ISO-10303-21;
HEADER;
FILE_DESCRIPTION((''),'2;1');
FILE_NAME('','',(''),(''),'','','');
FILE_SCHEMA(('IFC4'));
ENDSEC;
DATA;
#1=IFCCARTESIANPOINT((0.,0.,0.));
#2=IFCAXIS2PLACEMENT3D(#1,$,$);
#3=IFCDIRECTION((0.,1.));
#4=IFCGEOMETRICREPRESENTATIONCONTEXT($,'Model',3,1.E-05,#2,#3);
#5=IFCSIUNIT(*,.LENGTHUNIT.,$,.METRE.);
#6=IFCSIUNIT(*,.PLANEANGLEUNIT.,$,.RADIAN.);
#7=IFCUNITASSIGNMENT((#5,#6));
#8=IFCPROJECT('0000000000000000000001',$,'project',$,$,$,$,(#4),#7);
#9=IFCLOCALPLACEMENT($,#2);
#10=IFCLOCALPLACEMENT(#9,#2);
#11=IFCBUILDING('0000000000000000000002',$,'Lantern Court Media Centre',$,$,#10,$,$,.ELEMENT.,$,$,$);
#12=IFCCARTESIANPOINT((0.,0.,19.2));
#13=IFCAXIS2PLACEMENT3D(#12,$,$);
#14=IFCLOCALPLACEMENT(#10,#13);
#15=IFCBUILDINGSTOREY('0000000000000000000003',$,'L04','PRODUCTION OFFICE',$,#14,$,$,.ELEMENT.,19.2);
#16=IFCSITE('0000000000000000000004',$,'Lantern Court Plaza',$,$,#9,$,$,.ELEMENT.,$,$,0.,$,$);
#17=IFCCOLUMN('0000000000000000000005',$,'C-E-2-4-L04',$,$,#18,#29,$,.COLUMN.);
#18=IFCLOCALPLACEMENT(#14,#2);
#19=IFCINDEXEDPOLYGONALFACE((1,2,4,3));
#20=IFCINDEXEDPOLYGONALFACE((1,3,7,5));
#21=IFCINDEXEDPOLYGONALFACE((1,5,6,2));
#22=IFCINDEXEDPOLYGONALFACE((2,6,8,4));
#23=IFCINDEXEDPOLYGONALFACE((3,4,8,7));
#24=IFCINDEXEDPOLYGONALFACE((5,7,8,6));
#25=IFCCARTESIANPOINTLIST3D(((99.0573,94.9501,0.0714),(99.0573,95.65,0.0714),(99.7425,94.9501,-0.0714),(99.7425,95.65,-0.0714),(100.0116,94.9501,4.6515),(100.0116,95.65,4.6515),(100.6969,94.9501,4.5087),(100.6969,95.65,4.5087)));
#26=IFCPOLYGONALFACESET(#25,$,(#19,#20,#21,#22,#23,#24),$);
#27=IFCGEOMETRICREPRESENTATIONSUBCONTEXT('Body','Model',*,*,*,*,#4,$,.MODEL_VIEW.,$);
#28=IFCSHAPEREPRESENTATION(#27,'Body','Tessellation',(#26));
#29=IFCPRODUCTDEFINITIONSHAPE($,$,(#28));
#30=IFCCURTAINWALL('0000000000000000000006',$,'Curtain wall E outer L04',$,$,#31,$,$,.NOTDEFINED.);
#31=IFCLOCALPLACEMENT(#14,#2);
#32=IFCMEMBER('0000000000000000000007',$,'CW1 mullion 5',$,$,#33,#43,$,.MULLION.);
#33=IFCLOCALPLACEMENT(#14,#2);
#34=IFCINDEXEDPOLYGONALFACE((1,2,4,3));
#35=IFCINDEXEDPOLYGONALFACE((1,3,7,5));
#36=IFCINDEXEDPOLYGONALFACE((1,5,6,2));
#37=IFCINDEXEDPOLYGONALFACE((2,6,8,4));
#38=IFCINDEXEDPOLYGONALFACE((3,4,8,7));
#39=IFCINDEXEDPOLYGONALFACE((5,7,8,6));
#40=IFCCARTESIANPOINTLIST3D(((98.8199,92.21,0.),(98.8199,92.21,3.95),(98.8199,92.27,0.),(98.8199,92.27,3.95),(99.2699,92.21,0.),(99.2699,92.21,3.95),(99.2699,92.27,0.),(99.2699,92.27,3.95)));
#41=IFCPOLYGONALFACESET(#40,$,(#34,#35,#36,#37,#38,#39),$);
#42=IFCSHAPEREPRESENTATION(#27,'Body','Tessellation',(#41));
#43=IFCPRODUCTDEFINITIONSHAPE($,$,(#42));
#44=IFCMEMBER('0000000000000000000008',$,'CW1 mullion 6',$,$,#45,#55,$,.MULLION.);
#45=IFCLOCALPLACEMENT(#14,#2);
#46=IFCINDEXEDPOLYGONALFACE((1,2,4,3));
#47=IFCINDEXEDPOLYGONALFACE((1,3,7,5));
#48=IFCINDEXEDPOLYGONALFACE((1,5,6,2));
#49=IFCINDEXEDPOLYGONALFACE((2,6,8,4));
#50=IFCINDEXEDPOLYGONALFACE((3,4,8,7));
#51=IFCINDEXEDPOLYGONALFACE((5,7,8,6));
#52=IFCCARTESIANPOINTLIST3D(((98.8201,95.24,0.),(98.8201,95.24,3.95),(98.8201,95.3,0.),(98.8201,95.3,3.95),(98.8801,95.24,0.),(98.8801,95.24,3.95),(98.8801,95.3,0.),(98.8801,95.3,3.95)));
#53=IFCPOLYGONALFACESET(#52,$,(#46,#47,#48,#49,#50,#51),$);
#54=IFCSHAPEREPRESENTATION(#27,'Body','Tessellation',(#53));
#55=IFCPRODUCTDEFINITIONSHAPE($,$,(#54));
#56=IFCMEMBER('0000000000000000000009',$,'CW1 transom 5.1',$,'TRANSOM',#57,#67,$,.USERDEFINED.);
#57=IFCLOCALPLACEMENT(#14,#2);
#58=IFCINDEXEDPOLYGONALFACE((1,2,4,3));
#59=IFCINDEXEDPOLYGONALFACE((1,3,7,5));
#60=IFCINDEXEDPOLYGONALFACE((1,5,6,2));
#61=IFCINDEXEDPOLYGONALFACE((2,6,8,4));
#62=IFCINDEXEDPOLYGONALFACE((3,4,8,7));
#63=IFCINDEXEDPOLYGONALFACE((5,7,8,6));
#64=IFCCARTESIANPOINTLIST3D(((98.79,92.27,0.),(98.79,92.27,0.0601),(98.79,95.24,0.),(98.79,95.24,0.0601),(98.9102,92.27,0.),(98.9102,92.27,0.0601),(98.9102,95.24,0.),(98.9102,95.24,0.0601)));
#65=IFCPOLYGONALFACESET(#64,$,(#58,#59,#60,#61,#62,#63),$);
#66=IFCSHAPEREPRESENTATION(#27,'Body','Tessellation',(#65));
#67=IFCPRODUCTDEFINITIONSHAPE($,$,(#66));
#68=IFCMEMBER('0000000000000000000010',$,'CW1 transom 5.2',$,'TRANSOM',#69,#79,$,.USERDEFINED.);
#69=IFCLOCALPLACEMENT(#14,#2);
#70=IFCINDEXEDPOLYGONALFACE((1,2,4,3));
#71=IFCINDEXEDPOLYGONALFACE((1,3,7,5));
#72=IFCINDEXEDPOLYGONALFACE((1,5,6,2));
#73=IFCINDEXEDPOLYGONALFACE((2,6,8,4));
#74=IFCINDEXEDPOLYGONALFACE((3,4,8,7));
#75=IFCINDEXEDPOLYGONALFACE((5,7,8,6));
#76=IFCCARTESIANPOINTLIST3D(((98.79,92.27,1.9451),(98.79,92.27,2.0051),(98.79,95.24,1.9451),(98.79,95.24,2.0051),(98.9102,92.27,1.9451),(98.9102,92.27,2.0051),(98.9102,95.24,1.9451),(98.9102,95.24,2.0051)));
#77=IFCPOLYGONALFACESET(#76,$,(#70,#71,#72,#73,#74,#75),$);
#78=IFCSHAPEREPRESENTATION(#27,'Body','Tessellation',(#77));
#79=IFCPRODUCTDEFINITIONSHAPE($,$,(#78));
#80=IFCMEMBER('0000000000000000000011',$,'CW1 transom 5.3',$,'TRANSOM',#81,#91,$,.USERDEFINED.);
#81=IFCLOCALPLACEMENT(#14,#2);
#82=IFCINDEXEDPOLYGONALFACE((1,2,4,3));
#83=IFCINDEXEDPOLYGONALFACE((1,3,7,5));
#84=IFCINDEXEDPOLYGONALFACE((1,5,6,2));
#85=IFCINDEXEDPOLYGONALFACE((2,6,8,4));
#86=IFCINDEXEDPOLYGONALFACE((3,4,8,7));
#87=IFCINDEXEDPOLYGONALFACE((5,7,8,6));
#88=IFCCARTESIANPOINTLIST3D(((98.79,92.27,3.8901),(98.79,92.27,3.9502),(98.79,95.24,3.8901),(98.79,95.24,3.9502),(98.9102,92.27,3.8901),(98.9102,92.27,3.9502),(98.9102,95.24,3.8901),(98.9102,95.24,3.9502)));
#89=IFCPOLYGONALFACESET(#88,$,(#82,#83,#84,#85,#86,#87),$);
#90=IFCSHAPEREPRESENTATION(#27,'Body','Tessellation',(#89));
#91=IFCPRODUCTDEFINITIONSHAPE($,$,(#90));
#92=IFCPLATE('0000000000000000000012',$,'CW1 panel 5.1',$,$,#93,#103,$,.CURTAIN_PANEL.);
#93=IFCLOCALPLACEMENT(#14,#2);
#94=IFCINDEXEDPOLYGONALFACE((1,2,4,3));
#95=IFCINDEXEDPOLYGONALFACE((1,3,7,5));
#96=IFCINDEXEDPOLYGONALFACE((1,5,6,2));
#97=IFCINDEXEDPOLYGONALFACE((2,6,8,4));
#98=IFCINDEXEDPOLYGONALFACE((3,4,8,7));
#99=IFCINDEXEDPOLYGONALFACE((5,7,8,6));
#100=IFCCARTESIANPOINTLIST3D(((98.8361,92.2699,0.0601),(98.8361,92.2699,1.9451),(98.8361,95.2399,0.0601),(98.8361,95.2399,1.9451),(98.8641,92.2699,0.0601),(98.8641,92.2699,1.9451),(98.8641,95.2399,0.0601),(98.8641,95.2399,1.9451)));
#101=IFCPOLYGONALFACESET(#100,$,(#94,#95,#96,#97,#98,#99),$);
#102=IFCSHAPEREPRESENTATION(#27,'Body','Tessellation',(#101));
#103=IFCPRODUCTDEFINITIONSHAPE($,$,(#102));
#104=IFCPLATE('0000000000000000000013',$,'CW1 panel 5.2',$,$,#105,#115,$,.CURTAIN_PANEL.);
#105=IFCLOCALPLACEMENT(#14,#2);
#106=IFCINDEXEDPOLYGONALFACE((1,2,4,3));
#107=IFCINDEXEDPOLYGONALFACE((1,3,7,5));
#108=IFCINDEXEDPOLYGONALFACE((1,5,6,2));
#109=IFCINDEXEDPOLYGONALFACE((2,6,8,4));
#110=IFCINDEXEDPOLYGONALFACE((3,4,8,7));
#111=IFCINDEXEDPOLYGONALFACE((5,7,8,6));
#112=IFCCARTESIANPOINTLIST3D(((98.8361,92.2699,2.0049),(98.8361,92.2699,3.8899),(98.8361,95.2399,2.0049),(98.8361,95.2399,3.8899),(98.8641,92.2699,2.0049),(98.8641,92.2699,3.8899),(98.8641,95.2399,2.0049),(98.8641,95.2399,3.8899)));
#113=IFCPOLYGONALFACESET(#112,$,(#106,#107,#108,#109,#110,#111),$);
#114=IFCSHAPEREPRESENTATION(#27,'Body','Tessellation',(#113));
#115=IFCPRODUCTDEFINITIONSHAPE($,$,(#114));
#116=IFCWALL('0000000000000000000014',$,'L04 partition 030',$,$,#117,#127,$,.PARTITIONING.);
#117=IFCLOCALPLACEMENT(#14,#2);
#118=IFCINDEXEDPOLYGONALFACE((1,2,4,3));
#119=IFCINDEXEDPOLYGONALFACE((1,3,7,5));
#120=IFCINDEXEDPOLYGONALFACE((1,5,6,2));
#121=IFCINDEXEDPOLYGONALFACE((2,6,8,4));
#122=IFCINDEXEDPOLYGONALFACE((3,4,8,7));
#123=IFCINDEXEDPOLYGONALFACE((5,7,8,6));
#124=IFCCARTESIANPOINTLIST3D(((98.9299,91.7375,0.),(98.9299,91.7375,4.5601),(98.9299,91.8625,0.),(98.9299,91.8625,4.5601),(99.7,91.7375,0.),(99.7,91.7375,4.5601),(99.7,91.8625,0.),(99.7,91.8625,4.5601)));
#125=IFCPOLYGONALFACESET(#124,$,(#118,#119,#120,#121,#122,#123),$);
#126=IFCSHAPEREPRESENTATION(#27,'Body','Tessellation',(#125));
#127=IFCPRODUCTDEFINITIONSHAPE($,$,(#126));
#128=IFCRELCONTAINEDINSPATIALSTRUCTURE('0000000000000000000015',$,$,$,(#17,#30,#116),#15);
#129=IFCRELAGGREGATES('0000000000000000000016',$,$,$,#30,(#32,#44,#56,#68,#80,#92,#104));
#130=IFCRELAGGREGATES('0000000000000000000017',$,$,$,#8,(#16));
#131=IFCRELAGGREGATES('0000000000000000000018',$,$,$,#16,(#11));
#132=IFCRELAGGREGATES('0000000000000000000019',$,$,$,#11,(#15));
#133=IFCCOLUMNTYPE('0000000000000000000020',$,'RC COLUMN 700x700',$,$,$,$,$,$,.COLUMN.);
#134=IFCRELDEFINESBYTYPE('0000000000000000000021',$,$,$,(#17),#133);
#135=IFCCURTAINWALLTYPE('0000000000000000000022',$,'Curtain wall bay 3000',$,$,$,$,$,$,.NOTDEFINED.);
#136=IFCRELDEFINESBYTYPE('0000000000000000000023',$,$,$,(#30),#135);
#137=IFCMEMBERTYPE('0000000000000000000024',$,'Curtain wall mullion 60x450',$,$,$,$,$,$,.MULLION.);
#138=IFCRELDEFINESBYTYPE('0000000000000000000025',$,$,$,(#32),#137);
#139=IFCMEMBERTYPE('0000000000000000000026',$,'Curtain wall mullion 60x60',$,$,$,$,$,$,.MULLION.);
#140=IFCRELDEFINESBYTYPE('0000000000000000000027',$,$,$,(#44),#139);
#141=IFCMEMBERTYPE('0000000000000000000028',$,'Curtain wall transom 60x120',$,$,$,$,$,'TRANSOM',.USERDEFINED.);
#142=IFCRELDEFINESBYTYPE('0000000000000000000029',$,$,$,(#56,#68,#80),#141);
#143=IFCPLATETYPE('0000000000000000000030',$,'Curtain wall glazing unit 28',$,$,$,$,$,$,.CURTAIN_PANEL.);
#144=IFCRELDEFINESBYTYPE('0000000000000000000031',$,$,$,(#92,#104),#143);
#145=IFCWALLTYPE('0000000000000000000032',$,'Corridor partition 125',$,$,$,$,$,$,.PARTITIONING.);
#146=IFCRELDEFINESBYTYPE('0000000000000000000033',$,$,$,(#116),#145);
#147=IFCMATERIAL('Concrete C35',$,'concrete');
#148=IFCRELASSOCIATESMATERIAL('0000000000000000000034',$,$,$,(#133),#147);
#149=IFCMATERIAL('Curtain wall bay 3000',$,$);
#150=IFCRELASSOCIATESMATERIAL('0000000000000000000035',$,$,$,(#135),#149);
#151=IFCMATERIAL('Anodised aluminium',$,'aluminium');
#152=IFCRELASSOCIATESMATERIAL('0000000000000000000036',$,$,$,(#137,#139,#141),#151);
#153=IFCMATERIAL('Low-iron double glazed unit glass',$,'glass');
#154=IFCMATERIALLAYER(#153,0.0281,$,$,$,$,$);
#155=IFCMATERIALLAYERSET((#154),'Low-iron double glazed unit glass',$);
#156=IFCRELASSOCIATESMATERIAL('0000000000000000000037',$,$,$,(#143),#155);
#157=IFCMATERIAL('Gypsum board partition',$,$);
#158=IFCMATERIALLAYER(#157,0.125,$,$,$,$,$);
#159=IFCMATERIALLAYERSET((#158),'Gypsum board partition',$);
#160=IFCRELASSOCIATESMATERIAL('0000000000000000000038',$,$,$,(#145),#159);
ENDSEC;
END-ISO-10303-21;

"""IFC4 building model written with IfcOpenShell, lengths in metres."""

from ifc_helpers import new_model, si_unit, direction, frame, frame_2d, origin, origin_2d, place, context, subcontext, project, spatial, rectangle, extrude, material, layer, layer_set, material_profile, profile_set, type_object, element, aggregate, save


model = new_model("IFC4")

# Units and contexts
model_context = context("Model", 3, precision=1e-05, world=origin(), true_north=direction((0.0, 1.0)))
body_context = subcontext(model_context, "Body", "Model", "MODEL_VIEW")
ifc_project = project(units=[si_unit("LENGTHUNIT", "METRE"), si_unit("PLANEANGLEUNIT", "RADIAN")], contexts=[model_context])

# Site, building, storey
site_placement = place(None, origin())
site = spatial("IfcSite", under=ifc_project, at=site_placement, Name="Lantern Court Plaza", CompositionType="ELEMENT", RefElevation=0.0)
building_placement = place(site_placement, origin())
building = spatial("IfcBuilding", under=site, at=building_placement, Name="Lantern Court Media Centre", CompositionType="ELEMENT")
storey_placement = place(building_placement, frame((0.0, 0.0, 19.2)))
storey = spatial("IfcBuildingStorey", under=building, at=storey_placement, Name="L04", Description="PRODUCTION OFFICE", CompositionType="ELEMENT", Elevation=19.2)

# Column
ifc_material_1 = material(Name="Concrete C35", Category="concrete")
ifc_material_profile_1 = material_profile(ifc_material_1, rectangle(XDim=0.7, YDim=0.7, at=origin_2d()), Name="RC 700x700")
ifc_profile_set_1 = profile_set([ifc_material_profile_1], Name="Concrete C35")
column_type = type_object("IfcColumnType", Name="RC COLUMN 700x700", PredefinedType="COLUMN", material=ifc_profile_set_1)
column_placement = place(storey_placement, frame((99.3999, 95.3, 0.0), z_axis=(0.203988, 0.0, 0.978973), x_axis=(0.0, 1.0, 0.0)))
element("IfcColumn", 1, at=column_placement, inside=storey, type_object=column_type, Name="C-E-2-4-L04", PredefinedType="COLUMN", context=body_context, shape_type="SweptSolid", body=[
    extrude(rectangle(XDim=0.7, YDim=0.7, at=origin_2d()), origin(), (0.0, 0.0, 1.0), 4.6785),
])

# Curtain wall, members, plates
ifc_material_2 = material(Name="Curtain wall bay 3000")
curtain_wall_type = type_object("IfcCurtainWallType", Name="Curtain wall bay 3000", PredefinedType="NOTDEFINED", material=ifc_material_2)
curtain_wall_placement = place(storey_placement, origin())
curtain_wall = element("IfcCurtainWall", 2, at=curtain_wall_placement, inside=storey, type_object=curtain_wall_type, Name="Curtain wall E outer L04", PredefinedType="NOTDEFINED")
ifc_material_3 = material(Name="Anodised aluminium", Category="aluminium")
ifc_material_profile_2 = material_profile(ifc_material_3, rectangle(XDim=0.45, YDim=0.0601, at=origin_2d()), Name="AL 60x450")
ifc_profile_set_2 = profile_set([ifc_material_profile_2], Name="Anodised aluminium")
member_type_1 = type_object("IfcMemberType", Name="Curtain wall mullion 60x450", PredefinedType="MULLION", material=ifc_profile_set_2)
member_1_placement = place(storey_placement, frame((99.0449, 92.24, 0.0), z_axis=(0.0, 0.0, 1.0), x_axis=(-1.0, 0.0, 0.0)))
member_1 = element("IfcMember", 3, at=member_1_placement, type_object=member_type_1, Name="CW1 mullion 5", PredefinedType="MULLION", context=body_context, shape_type="SweptSolid", body=[
    extrude(rectangle(XDim=0.45, YDim=0.0601, at=origin_2d()), origin(), (0.0, 0.0, 1.0), 3.95),
])
ifc_material_profile_3 = material_profile(ifc_material_3, rectangle(XDim=0.0601, YDim=0.0601, at=origin_2d()), Name="AL 60x60")
ifc_profile_set_3 = profile_set([ifc_material_profile_3], Name="Anodised aluminium")
member_type_2 = type_object("IfcMemberType", Name="Curtain wall mullion 60x60", PredefinedType="MULLION", material=ifc_profile_set_3)
member_2_placement = place(storey_placement, frame((98.8501, 95.27, 0.0), z_axis=(0.0, 0.0, 1.0), x_axis=(-1.0, 0.0, 0.0)))
member_2 = element("IfcMember", 4, at=member_2_placement, type_object=member_type_2, Name="CW1 mullion 6", PredefinedType="MULLION", context=body_context, shape_type="SweptSolid", body=[
    extrude(rectangle(XDim=0.0601, YDim=0.0601, at=origin_2d()), origin(), (0.0, 0.0, 1.0), 3.95),
])
ifc_material_profile_4 = material_profile(ifc_material_3, rectangle(XDim=0.1201, YDim=0.0601, at=origin_2d()), Name="AL 60x120")
ifc_profile_set_4 = profile_set([ifc_material_profile_4], Name="Anodised aluminium")
member_type_3 = type_object("IfcMemberType", Name="Curtain wall transom 60x120", ElementType="TRANSOM", PredefinedType="USERDEFINED", material=ifc_profile_set_4)
member_3_placement = place(storey_placement, frame((98.8501, 92.27, 0.03), z_axis=(0.0, 1.0, 0.0), x_axis=(-1.0, 0.0, 0.0)))
member_3 = element("IfcMember", 5, at=member_3_placement, type_object=member_type_3, Name="CW1 transom 5.1", ObjectType="TRANSOM", PredefinedType="USERDEFINED", context=body_context, shape_type="SweptSolid", body=[
    extrude(rectangle(XDim=0.1201, YDim=0.0601, at=origin_2d()), origin(), (0.0, 0.0, 1.0), 2.97),
])
member_4_placement = place(storey_placement, frame((98.8501, 92.27, 1.9751), z_axis=(0.0, 1.0, 0.0), x_axis=(-1.0, 0.0, 0.0)))
member_4 = element("IfcMember", 6, at=member_4_placement, type_object=member_type_3, Name="CW1 transom 5.2", ObjectType="TRANSOM", PredefinedType="USERDEFINED", context=body_context, shape_type="SweptSolid", body=[
    extrude(rectangle(XDim=0.1201, YDim=0.0601, at=origin_2d()), origin(), (0.0, 0.0, 1.0), 2.97),
])
member_5_placement = place(storey_placement, frame((98.8501, 92.27, 3.9202), z_axis=(0.0, 1.0, 0.0), x_axis=(-1.0, 0.0, 0.0)))
member_5 = element("IfcMember", 7, at=member_5_placement, type_object=member_type_3, Name="CW1 transom 5.3", ObjectType="TRANSOM", PredefinedType="USERDEFINED", context=body_context, shape_type="SweptSolid", body=[
    extrude(rectangle(XDim=0.1201, YDim=0.0601, at=origin_2d()), origin(), (0.0, 0.0, 1.0), 2.97),
])
ifc_material_4 = material(Name="Low-iron double glazed unit glass", Category="glass")
ifc_layer_1 = layer(ifc_material_4, 0.0281)
ifc_layer_set_1 = layer_set([ifc_layer_1], Name="Low-iron double glazed unit glass")
plate_type = type_object("IfcPlateType", Name="Curtain wall glazing unit 28", PredefinedType="CURTAIN_PANEL", material=ifc_layer_set_1)
plate_1_placement = place(storey_placement, frame((98.8501, 93.7549, 0.0601), z_axis=(0.0, 0.0, 1.0), x_axis=(0.0, 1.0, 0.0)))
plate_1 = element("IfcPlate", 8, at=plate_1_placement, type_object=plate_type, Name="CW1 panel 5.1", PredefinedType="CURTAIN_PANEL", context=body_context, shape_type="SweptSolid", body=[
    extrude(rectangle(XDim=2.97, YDim=0.0281, at=origin_2d()), origin(), (0.0, 0.0, 1.0), 1.885),
])
plate_2_placement = place(storey_placement, frame((98.8501, 93.7549, 2.0049), z_axis=(0.0, 0.0, 1.0), x_axis=(0.0, 1.0, 0.0)))
plate_2 = element("IfcPlate", 9, at=plate_2_placement, type_object=plate_type, Name="CW1 panel 5.2", PredefinedType="CURTAIN_PANEL", context=body_context, shape_type="SweptSolid", body=[
    extrude(rectangle(XDim=2.97, YDim=0.0281, at=origin_2d()), origin(), (0.0, 0.0, 1.0), 1.885),
])
aggregate(curtain_wall, [member_1, member_2, member_3, member_4, member_5, plate_1, plate_2])

# Wall
ifc_material_5 = material(Name="Gypsum board partition")
ifc_layer_2 = layer(ifc_material_5, 0.125)
ifc_layer_set_2 = layer_set([ifc_layer_2], Name="Gypsum board partition")
wall_type_1 = type_object("IfcWallType", Name="Corridor partition 125", PredefinedType="PARTITIONING", material=ifc_layer_set_2)
wall_1_placement = place(storey_placement, frame((98.9299, 91.8, 0.0), z_axis=(0.0, 0.0, 1.0), x_axis=(1.0, 0.0, 0.0)))
element("IfcWall", 10, at=wall_1_placement, inside=storey, type_object=wall_type_1, Name="L04 partition 030", PredefinedType="PARTITIONING", context=body_context, shape_type="SweptSolid", body=[
    extrude(rectangle(XDim=0.77, YDim=0.125, at=frame_2d((0.385, 0.0))), origin(), (0.0, 0.0, 1.0), 4.5601),
])

save(model, "model.ifc")
